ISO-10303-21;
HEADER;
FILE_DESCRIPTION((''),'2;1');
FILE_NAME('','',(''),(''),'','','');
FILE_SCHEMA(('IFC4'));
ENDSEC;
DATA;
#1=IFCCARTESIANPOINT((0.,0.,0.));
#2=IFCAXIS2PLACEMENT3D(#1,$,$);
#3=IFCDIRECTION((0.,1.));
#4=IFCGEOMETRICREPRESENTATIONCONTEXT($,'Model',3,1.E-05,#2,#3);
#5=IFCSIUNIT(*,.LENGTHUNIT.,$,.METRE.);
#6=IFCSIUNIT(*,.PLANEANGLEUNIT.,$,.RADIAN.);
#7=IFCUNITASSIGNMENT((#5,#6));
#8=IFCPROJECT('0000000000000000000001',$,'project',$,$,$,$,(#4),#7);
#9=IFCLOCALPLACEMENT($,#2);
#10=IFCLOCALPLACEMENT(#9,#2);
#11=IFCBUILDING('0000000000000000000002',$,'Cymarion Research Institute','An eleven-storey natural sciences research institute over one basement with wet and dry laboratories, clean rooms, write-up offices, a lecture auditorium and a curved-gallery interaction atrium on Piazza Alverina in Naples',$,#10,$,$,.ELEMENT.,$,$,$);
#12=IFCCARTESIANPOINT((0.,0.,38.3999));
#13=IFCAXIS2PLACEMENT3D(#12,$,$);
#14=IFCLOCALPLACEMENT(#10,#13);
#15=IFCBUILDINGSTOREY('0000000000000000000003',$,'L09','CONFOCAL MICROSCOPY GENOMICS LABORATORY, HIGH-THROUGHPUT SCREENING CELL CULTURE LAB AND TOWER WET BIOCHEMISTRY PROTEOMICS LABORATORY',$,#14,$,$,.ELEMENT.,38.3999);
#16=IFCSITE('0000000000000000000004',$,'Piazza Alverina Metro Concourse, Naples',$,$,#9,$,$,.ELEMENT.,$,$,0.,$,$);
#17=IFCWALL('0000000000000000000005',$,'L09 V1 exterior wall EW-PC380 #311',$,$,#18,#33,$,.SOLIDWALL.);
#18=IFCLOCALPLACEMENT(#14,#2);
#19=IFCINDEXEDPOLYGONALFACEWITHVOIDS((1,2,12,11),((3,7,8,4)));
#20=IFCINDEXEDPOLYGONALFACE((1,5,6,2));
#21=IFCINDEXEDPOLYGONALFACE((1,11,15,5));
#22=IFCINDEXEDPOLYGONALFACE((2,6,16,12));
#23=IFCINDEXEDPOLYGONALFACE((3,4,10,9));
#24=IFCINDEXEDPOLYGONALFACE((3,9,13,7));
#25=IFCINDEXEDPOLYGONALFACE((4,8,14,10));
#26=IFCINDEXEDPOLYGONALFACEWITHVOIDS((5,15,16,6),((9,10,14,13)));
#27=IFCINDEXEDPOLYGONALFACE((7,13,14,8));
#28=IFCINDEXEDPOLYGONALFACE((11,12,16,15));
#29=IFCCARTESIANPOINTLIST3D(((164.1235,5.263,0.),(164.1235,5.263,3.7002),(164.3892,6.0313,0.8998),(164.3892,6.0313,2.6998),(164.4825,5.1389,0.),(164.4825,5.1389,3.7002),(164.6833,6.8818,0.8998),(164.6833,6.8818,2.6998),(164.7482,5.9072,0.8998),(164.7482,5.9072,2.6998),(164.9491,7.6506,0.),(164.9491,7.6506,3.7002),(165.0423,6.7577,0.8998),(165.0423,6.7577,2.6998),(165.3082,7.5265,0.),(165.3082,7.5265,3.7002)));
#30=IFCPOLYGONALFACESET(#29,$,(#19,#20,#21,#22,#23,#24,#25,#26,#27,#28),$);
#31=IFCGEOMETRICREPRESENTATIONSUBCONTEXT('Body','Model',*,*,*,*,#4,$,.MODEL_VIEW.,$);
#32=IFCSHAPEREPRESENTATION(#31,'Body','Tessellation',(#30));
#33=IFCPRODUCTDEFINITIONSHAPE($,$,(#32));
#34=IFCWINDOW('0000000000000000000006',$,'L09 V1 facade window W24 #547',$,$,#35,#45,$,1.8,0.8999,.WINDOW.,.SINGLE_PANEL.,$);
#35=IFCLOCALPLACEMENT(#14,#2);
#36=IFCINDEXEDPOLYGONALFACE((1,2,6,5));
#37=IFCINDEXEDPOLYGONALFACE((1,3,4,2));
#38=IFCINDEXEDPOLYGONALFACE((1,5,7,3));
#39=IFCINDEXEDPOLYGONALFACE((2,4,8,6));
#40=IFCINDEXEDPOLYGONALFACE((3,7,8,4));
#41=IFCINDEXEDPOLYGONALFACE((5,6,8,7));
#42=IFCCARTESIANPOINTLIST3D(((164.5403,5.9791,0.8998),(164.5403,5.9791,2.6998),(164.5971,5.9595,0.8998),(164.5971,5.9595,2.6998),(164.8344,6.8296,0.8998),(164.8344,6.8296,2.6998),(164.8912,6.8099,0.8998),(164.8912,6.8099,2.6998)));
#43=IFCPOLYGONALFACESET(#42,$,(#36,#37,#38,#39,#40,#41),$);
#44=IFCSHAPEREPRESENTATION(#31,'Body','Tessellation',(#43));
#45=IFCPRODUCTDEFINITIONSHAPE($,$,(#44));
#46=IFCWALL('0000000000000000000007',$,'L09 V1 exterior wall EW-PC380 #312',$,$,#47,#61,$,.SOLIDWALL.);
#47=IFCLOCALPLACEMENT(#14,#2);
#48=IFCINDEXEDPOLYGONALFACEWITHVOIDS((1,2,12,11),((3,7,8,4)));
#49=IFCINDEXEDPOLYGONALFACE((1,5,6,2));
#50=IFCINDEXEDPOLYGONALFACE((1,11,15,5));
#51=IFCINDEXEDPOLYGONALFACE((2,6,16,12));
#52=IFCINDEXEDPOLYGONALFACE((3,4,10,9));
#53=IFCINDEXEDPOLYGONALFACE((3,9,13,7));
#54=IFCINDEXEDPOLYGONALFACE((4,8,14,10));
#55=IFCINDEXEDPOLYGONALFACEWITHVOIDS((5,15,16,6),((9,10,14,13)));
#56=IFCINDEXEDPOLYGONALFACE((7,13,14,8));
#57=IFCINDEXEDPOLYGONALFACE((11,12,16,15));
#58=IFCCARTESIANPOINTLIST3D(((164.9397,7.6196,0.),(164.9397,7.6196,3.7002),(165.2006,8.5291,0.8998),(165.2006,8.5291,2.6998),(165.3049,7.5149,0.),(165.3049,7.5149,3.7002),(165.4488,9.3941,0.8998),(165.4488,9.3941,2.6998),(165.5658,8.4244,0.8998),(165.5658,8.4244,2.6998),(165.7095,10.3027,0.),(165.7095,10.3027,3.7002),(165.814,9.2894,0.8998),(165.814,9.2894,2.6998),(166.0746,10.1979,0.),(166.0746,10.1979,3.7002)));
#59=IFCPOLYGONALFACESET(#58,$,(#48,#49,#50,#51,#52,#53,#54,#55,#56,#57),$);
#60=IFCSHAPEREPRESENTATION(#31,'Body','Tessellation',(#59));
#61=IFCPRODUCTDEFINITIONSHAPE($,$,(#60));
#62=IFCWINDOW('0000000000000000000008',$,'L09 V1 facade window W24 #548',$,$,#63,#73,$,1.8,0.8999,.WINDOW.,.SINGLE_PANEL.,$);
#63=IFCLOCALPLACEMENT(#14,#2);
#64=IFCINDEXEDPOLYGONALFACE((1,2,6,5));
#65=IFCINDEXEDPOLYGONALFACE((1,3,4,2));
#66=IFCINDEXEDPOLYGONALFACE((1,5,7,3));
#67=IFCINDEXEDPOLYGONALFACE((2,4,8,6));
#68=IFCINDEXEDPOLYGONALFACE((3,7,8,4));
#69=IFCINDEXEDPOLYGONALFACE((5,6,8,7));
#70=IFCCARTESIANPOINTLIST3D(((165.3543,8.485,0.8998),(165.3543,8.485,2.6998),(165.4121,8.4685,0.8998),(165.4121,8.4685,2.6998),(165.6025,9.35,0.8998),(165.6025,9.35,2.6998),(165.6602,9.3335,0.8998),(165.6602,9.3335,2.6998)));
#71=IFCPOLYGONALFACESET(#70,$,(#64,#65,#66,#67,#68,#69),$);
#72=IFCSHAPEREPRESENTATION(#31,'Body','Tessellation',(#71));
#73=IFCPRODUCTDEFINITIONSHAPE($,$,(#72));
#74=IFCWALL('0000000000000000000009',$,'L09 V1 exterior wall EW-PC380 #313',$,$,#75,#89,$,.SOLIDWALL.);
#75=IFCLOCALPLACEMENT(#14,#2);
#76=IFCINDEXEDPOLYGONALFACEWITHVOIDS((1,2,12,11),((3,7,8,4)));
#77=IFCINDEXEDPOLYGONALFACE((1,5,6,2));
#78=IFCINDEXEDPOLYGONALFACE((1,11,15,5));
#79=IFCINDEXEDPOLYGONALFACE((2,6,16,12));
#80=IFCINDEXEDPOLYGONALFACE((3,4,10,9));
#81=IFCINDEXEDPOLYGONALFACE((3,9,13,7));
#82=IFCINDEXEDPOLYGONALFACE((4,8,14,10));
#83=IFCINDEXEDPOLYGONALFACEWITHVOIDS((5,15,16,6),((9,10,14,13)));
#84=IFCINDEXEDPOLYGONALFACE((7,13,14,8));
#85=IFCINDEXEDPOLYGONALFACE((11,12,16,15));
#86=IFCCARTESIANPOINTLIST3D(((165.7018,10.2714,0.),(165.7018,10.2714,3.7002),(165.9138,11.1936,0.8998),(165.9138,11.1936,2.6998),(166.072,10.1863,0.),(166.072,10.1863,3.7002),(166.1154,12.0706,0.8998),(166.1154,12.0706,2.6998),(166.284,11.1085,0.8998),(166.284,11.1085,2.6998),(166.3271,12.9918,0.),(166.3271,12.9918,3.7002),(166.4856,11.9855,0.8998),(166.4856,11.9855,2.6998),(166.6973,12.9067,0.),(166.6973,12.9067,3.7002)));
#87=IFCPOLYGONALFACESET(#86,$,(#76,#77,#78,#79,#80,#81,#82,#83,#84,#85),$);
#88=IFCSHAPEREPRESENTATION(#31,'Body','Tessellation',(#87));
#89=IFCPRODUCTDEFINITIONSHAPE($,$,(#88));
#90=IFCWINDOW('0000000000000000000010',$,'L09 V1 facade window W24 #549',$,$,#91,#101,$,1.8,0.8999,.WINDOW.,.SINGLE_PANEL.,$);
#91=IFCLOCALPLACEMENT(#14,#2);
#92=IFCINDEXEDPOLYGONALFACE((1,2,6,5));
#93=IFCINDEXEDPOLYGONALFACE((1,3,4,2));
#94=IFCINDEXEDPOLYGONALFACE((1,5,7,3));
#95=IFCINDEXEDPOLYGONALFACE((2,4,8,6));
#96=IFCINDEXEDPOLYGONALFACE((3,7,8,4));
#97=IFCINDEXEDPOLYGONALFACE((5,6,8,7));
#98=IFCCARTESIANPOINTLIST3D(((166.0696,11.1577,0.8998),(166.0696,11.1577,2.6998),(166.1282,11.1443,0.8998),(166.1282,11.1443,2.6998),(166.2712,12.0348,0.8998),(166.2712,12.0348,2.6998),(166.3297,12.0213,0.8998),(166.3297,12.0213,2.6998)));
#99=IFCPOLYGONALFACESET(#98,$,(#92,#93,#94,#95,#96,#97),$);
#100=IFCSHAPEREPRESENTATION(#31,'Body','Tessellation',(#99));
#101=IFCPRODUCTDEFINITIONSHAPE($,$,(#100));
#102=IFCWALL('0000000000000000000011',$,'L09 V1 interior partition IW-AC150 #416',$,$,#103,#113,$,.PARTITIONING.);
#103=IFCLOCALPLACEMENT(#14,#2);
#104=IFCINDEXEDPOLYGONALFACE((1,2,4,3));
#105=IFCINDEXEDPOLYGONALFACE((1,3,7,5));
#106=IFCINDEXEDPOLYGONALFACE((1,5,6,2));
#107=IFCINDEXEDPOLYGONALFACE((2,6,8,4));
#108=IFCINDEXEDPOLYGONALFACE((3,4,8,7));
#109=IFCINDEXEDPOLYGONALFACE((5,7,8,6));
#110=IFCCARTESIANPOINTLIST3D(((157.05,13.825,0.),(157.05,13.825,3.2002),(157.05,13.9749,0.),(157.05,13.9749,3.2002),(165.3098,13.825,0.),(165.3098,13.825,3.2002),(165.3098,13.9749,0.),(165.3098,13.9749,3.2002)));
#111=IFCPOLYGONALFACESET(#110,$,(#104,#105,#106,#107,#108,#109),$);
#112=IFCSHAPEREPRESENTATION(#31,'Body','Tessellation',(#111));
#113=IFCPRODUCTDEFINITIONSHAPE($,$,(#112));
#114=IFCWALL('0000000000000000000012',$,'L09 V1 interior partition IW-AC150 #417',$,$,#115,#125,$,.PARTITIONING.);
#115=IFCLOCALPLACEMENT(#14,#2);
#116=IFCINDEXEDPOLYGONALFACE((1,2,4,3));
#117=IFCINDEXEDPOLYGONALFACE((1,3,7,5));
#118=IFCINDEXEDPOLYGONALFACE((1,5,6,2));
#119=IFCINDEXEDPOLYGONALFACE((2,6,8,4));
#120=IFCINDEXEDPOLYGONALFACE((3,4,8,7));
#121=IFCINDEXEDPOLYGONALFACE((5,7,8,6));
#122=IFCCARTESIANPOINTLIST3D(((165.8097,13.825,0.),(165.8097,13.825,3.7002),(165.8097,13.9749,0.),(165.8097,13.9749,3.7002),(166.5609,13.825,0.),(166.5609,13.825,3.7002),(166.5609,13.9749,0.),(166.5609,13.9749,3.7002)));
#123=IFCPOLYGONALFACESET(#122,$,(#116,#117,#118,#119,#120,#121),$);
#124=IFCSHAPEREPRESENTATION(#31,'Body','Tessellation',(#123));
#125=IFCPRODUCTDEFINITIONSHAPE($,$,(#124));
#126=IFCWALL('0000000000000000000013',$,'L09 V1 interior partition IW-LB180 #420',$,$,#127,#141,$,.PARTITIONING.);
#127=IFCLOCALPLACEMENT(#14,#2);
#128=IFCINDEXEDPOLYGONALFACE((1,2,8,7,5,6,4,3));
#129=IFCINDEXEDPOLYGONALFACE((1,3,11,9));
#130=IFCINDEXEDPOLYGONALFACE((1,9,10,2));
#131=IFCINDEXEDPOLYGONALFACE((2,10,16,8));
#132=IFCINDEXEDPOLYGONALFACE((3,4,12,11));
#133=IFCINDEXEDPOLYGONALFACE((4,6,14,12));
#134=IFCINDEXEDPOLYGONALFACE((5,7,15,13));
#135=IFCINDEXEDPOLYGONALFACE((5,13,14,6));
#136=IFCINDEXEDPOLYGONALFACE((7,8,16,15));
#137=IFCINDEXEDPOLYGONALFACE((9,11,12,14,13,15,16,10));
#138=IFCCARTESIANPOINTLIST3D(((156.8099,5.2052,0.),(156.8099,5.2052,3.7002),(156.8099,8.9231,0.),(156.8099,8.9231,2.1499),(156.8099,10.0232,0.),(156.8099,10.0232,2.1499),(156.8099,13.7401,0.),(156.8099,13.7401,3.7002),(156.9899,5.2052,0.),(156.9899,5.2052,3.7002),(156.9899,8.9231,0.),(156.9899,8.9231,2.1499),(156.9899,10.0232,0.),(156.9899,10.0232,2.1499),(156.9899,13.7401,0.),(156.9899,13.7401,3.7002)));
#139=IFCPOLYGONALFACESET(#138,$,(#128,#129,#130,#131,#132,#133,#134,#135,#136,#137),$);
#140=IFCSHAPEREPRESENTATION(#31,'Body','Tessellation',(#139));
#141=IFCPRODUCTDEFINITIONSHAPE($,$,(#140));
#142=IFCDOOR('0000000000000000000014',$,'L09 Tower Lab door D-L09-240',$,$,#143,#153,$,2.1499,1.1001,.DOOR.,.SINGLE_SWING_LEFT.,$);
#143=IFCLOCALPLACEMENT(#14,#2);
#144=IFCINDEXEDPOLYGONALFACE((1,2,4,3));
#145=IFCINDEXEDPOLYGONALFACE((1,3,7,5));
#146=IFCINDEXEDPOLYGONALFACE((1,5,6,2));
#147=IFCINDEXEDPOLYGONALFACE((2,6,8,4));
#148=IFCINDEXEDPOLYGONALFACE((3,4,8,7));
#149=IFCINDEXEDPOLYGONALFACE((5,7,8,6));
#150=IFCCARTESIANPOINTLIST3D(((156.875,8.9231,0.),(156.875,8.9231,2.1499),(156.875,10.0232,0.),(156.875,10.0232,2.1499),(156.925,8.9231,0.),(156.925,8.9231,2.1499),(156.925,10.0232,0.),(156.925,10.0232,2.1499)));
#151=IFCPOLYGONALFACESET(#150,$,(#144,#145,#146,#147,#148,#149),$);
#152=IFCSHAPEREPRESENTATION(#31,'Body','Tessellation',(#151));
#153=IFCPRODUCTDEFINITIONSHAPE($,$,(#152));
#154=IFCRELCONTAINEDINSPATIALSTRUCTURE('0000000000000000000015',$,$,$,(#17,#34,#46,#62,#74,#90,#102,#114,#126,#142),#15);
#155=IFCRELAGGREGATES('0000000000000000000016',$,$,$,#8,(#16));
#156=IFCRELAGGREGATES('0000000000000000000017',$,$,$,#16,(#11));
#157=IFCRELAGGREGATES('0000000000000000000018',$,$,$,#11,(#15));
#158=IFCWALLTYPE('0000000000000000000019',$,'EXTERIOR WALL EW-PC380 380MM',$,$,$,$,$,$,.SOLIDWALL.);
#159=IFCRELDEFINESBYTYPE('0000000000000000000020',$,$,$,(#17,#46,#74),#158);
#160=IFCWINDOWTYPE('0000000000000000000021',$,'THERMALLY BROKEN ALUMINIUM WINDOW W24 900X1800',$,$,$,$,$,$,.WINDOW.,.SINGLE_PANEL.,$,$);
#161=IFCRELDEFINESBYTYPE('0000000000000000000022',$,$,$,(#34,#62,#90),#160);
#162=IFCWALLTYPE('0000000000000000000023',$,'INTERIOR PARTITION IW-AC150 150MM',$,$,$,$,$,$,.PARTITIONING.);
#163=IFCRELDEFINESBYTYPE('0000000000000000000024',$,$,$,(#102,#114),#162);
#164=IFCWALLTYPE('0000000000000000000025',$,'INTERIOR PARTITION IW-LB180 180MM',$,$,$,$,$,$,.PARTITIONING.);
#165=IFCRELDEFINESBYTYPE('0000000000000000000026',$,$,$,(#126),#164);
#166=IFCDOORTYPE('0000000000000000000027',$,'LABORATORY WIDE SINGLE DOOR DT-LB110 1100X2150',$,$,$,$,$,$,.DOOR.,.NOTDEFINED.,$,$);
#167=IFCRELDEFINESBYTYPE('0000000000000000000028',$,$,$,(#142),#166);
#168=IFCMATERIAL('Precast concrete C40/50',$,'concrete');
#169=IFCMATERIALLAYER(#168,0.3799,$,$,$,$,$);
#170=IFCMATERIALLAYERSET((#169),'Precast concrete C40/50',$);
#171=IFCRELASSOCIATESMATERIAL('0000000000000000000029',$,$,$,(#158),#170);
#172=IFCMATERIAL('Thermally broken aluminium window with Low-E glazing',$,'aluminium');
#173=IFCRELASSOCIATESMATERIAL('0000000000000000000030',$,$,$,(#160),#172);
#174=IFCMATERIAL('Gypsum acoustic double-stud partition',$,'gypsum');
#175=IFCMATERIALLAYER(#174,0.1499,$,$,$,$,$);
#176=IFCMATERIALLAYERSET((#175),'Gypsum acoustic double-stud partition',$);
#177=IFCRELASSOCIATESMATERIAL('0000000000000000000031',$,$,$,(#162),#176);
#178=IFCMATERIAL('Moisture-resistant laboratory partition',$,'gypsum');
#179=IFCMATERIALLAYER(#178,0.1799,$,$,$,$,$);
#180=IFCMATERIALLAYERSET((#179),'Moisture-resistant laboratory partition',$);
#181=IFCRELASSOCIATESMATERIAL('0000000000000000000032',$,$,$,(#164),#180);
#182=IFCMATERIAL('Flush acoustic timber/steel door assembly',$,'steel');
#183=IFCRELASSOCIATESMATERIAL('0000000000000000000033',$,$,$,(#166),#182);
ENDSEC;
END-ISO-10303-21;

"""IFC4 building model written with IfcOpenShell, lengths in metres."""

from ifc_helpers import new_model, si_unit, direction, frame, frame_2d, origin, place, context, subcontext, project, spatial, rectangle, extrude, material, layer, layer_set, type_object, element, fill, save


model = new_model("IFC4")

# Units and contexts
model_context = context("Model", 3, precision=1e-05, world=origin(), true_north=direction((0.0, 1.0)))
body_context = subcontext(model_context, "Body", "Model", "MODEL_VIEW")
ifc_project = project(units=[si_unit("LENGTHUNIT", "METRE"), si_unit("PLANEANGLEUNIT", "RADIAN")], contexts=[model_context])

# Site, building, storey
site_placement = place(None, origin())
site = spatial("IfcSite", under=ifc_project, at=site_placement, Name="Piazza Alverina Metro Concourse, Naples", CompositionType="ELEMENT", RefElevation=0.0)
building_placement = place(site_placement, origin())
building = spatial("IfcBuilding", under=site, at=building_placement, Name="Cymarion Research Institute", Description="An eleven-storey natural sciences research institute over one basement with wet and dry laboratories, clean rooms, write-up offices, a lecture auditorium and a curved-gallery interaction atrium on Piazza Alverina in Naples", CompositionType="ELEMENT")
storey_placement = place(building_placement, frame((0.0, 0.0, 38.3999)))
storey = spatial("IfcBuildingStorey", under=building, at=storey_placement, Name="L09", Description="CONFOCAL MICROSCOPY GENOMICS LABORATORY, HIGH-THROUGHPUT SCREENING CELL CULTURE LAB AND TOWER WET BIOCHEMISTRY PROTEOMICS LABORATORY", CompositionType="ELEMENT", Elevation=38.3999)

# Walls, openings, windows
ifc_material_1 = material(Name="Precast concrete C40/50", Category="concrete")
ifc_layer_1 = layer(ifc_material_1, 0.3799)
ifc_layer_set_1 = layer_set([ifc_layer_1], Name="Precast concrete C40/50")
wall_type_1 = type_object("IfcWallType", Name="EXTERIOR WALL EW-PC380 380MM", PredefinedType="SOLIDWALL", material=ifc_layer_set_1)
wall_1_placement = place(storey_placement, frame((164.303, 5.2009, 0.0), z_axis=(0.0, 0.0, 1.0), x_axis=(0.326818, 0.945087, 0.0)))
wall_1 = element("IfcWall", 1, at=wall_1_placement, inside=storey, type_object=wall_type_1, Name="L09 V1 exterior wall EW-PC380 #311", PredefinedType="SOLIDWALL", context=body_context, shape_type="SweptSolid", body=[
    extrude(rectangle(XDim=2.5264, YDim=0.3799, at=frame_2d((1.2632, 0.0))), origin(), (0.0, 0.0, 1.0), 3.7002),
])
opening_1_placement = place(wall_1_placement, frame((0.813, 0.0, 0.8999)))
opening_1 = element("IfcOpeningElement", 2, at=opening_1_placement, cuts=wall_1, PredefinedType="OPENING", context=body_context, shape_type="SweptSolid", body=[
    extrude(rectangle(XDim=0.8999, YDim=1.8, at=frame_2d((0.45, 0.8999))), frame((0.0, 0.2, 0.0), z_axis=(0.0, -1.0, 0.0), x_axis=(1.0, 0.0, 0.0)), (0.0, 0.0, 1.0), 0.3999),
])
ifc_material_2 = material(Name="Thermally broken aluminium window with Low-E glazing", Category="aluminium")
window_type = type_object("IfcWindowType", Name="THERMALLY BROKEN ALUMINIUM WINDOW W24 900X1800", PartitioningType="SINGLE_PANEL", PredefinedType="WINDOW", material=ifc_material_2)
window_1_placement = place(opening_1_placement, origin())
window_1 = element("IfcWindow", 3, at=window_1_placement, inside=storey, type_object=window_type, Name="L09 V1 facade window W24 #547", OverallHeight=1.8, OverallWidth=0.8999, PartitioningType="SINGLE_PANEL", PredefinedType="WINDOW", context=body_context, shape_type="SweptSolid", body=[
    extrude(rectangle(XDim=0.8999, YDim=1.8, at=frame_2d((0.45, 0.8999))), frame((0.0, 0.03, 0.0), z_axis=(0.0, -1.0, 0.0), x_axis=(1.0, 0.0, 0.0)), (0.0, 0.0, 1.0), 0.0601),
])
fill(opening_1, window_1)
wall_2_placement = place(storey_placement, frame((165.1223, 7.5674, 0.0), z_axis=(0.0, 0.0, 1.0), x_axis=(0.275772, 0.961223, 0.0)))
wall_2 = element("IfcWall", 4, at=wall_2_placement, inside=storey, type_object=wall_type_1, Name="L09 V1 exterior wall EW-PC380 #312", PredefinedType="SOLIDWALL", context=body_context, shape_type="SweptSolid", body=[
    extrude(rectangle(XDim=2.7913, YDim=0.3799, at=frame_2d((1.3955, 0.0))), origin(), (0.0, 0.0, 1.0), 3.7002),
])
opening_2_placement = place(wall_2_placement, frame((0.946, 0.0, 0.8999)))
opening_2 = element("IfcOpeningElement", 5, at=opening_2_placement, cuts=wall_2, PredefinedType="OPENING", context=body_context, shape_type="SweptSolid", body=[
    extrude(rectangle(XDim=0.8999, YDim=1.8, at=frame_2d((0.45, 0.8999))), frame((0.0, 0.2, 0.0), z_axis=(0.0, -1.0, 0.0), x_axis=(1.0, 0.0, 0.0)), (0.0, 0.0, 1.0), 0.3999),
])
window_2_placement = place(opening_2_placement, origin())
window_2 = element("IfcWindow", 6, at=window_2_placement, inside=storey, type_object=window_type, Name="L09 V1 facade window W24 #548", OverallHeight=1.8, OverallWidth=0.8999, PartitioningType="SINGLE_PANEL", PredefinedType="WINDOW", context=body_context, shape_type="SweptSolid", body=[
    extrude(rectangle(XDim=0.8999, YDim=1.8, at=frame_2d((0.45, 0.8999))), frame((0.0, 0.03, 0.0), z_axis=(0.0, -1.0, 0.0), x_axis=(1.0, 0.0, 0.0)), (0.0, 0.0, 1.0), 0.0601),
])
fill(opening_2, window_2)
wall_3_placement = place(storey_placement, frame((165.887, 10.229, 0.0), z_axis=(0.0, 0.0, 1.0), x_axis=(0.22401, 0.974587, 0.0)))
wall_3 = element("IfcWall", 7, at=wall_3_placement, inside=storey, type_object=wall_type_1, Name="L09 V1 exterior wall EW-PC380 #313", PredefinedType="SOLIDWALL", context=body_context, shape_type="SweptSolid", body=[
    extrude(rectangle(XDim=2.7913, YDim=0.3799, at=frame_2d((1.3955, 0.0))), origin(), (0.0, 0.0, 1.0), 3.7002),
])
opening_3_placement = place(wall_3_placement, frame((0.946, 0.0, 0.8999)))
opening_3 = element("IfcOpeningElement", 8, at=opening_3_placement, cuts=wall_3, PredefinedType="OPENING", context=body_context, shape_type="SweptSolid", body=[
    extrude(rectangle(XDim=0.8999, YDim=1.8, at=frame_2d((0.45, 0.8999))), frame((0.0, 0.2, 0.0), z_axis=(0.0, -1.0, 0.0), x_axis=(1.0, 0.0, 0.0)), (0.0, 0.0, 1.0), 0.3999),
])
window_3_placement = place(opening_3_placement, origin())
window_3 = element("IfcWindow", 9, at=window_3_placement, inside=storey, type_object=window_type, Name="L09 V1 facade window W24 #549", OverallHeight=1.8, OverallWidth=0.8999, PartitioningType="SINGLE_PANEL", PredefinedType="WINDOW", context=body_context, shape_type="SweptSolid", body=[
    extrude(rectangle(XDim=0.8999, YDim=1.8, at=frame_2d((0.45, 0.8999))), frame((0.0, 0.03, 0.0), z_axis=(0.0, -1.0, 0.0), x_axis=(1.0, 0.0, 0.0)), (0.0, 0.0, 1.0), 0.0601),
])
fill(opening_3, window_3)

# Walls
ifc_material_3 = material(Name="Gypsum acoustic double-stud partition", Category="gypsum")
ifc_layer_2 = layer(ifc_material_3, 0.1499)
ifc_layer_set_2 = layer_set([ifc_layer_2], Name="Gypsum acoustic double-stud partition")
wall_type_2 = type_object("IfcWallType", Name="INTERIOR PARTITION IW-AC150 150MM", PredefinedType="PARTITIONING", material=ifc_layer_set_2)
wall_4_placement = place(storey_placement, frame((157.05, 13.8999, 0.0), z_axis=(0.0, 0.0, 1.0), x_axis=(1.0, 0.0, 0.0)))
element("IfcWall", 10, at=wall_4_placement, inside=storey, type_object=wall_type_2, Name="L09 V1 interior partition IW-AC150 #416", PredefinedType="PARTITIONING", context=body_context, shape_type="SweptSolid", body=[
    extrude(rectangle(XDim=8.2598, YDim=0.1499, at=frame_2d((4.1299, 0.0))), origin(), (0.0, 0.0, 1.0), 3.2002),
])
wall_5_placement = place(storey_placement, frame((165.8098, 13.8999, 0.0), z_axis=(0.0, 0.0, 1.0), x_axis=(1.0, 0.0, 0.0)))
element("IfcWall", 11, at=wall_5_placement, inside=storey, type_object=wall_type_2, Name="L09 V1 interior partition IW-AC150 #417", PredefinedType="PARTITIONING", context=body_context, shape_type="SweptSolid", body=[
    extrude(rectangle(XDim=0.7512, YDim=0.1499, at=frame_2d((0.3755, 0.0))), origin(), (0.0, 0.0, 1.0), 3.7002),
])

# Wall, opening, door
ifc_material_4 = material(Name="Moisture-resistant laboratory partition", Category="gypsum")
ifc_layer_3 = layer(ifc_material_4, 0.1799)
ifc_layer_set_3 = layer_set([ifc_layer_3], Name="Moisture-resistant laboratory partition")
wall_type_3 = type_object("IfcWallType", Name="INTERIOR PARTITION IW-LB180 180MM", PredefinedType="PARTITIONING", material=ifc_layer_set_3)
wall_6_placement = place(storey_placement, frame((156.8999, 5.2051, 0.0), z_axis=(0.0, 0.0, 1.0), x_axis=(0.0, 1.0, 0.0)))
wall_6 = element("IfcWall", 12, at=wall_6_placement, inside=storey, type_object=wall_type_3, Name="L09 V1 interior partition IW-LB180 #420", PredefinedType="PARTITIONING", context=body_context, shape_type="SweptSolid", body=[
    extrude(rectangle(XDim=8.5349, YDim=0.1799, at=frame_2d((4.2676, 0.0))), origin(), (0.0, 0.0, 1.0), 3.7002),
])
opening_4_placement = place(wall_6_placement, frame((3.718, 0.0, 0.0)))
opening_4 = element("IfcOpeningElement", 13, at=opening_4_placement, cuts=wall_6, PredefinedType="OPENING", context=body_context, shape_type="SweptSolid", body=[
    extrude(rectangle(XDim=1.1001, YDim=2.1499, at=frame_2d((0.55, 1.075))), frame((0.0, 0.0999, 0.0), z_axis=(0.0, -1.0, 0.0), x_axis=(1.0, 0.0, 0.0)), (0.0, 0.0, 1.0), 0.2),
])
ifc_material_5 = material(Name="Flush acoustic timber/steel door assembly", Category="steel")
door_type_1 = type_object("IfcDoorType", Name="LABORATORY WIDE SINGLE DOOR DT-LB110 1100X2150", OperationType="NOTDEFINED", PredefinedType="DOOR", material=ifc_material_5)
door_1_placement = place(opening_4_placement, origin())
door_1 = element("IfcDoor", 14, at=door_1_placement, inside=storey, type_object=door_type_1, Name="L09 Tower Lab door D-L09-240", OperationType="SINGLE_SWING_LEFT", OverallHeight=2.1499, OverallWidth=1.1001, PredefinedType="DOOR", context=body_context, shape_type="SweptSolid", body=[
    extrude(rectangle(XDim=1.1001, YDim=2.1499, at=frame_2d((0.55, 1.075))), frame((0.0, 0.0249, 0.0), z_axis=(0.0, -1.0, 0.0), x_axis=(1.0, 0.0, 0.0)), (0.0, 0.0, 1.0), 0.05),
])
fill(opening_4, door_1)

save(model, "model.ifc")
